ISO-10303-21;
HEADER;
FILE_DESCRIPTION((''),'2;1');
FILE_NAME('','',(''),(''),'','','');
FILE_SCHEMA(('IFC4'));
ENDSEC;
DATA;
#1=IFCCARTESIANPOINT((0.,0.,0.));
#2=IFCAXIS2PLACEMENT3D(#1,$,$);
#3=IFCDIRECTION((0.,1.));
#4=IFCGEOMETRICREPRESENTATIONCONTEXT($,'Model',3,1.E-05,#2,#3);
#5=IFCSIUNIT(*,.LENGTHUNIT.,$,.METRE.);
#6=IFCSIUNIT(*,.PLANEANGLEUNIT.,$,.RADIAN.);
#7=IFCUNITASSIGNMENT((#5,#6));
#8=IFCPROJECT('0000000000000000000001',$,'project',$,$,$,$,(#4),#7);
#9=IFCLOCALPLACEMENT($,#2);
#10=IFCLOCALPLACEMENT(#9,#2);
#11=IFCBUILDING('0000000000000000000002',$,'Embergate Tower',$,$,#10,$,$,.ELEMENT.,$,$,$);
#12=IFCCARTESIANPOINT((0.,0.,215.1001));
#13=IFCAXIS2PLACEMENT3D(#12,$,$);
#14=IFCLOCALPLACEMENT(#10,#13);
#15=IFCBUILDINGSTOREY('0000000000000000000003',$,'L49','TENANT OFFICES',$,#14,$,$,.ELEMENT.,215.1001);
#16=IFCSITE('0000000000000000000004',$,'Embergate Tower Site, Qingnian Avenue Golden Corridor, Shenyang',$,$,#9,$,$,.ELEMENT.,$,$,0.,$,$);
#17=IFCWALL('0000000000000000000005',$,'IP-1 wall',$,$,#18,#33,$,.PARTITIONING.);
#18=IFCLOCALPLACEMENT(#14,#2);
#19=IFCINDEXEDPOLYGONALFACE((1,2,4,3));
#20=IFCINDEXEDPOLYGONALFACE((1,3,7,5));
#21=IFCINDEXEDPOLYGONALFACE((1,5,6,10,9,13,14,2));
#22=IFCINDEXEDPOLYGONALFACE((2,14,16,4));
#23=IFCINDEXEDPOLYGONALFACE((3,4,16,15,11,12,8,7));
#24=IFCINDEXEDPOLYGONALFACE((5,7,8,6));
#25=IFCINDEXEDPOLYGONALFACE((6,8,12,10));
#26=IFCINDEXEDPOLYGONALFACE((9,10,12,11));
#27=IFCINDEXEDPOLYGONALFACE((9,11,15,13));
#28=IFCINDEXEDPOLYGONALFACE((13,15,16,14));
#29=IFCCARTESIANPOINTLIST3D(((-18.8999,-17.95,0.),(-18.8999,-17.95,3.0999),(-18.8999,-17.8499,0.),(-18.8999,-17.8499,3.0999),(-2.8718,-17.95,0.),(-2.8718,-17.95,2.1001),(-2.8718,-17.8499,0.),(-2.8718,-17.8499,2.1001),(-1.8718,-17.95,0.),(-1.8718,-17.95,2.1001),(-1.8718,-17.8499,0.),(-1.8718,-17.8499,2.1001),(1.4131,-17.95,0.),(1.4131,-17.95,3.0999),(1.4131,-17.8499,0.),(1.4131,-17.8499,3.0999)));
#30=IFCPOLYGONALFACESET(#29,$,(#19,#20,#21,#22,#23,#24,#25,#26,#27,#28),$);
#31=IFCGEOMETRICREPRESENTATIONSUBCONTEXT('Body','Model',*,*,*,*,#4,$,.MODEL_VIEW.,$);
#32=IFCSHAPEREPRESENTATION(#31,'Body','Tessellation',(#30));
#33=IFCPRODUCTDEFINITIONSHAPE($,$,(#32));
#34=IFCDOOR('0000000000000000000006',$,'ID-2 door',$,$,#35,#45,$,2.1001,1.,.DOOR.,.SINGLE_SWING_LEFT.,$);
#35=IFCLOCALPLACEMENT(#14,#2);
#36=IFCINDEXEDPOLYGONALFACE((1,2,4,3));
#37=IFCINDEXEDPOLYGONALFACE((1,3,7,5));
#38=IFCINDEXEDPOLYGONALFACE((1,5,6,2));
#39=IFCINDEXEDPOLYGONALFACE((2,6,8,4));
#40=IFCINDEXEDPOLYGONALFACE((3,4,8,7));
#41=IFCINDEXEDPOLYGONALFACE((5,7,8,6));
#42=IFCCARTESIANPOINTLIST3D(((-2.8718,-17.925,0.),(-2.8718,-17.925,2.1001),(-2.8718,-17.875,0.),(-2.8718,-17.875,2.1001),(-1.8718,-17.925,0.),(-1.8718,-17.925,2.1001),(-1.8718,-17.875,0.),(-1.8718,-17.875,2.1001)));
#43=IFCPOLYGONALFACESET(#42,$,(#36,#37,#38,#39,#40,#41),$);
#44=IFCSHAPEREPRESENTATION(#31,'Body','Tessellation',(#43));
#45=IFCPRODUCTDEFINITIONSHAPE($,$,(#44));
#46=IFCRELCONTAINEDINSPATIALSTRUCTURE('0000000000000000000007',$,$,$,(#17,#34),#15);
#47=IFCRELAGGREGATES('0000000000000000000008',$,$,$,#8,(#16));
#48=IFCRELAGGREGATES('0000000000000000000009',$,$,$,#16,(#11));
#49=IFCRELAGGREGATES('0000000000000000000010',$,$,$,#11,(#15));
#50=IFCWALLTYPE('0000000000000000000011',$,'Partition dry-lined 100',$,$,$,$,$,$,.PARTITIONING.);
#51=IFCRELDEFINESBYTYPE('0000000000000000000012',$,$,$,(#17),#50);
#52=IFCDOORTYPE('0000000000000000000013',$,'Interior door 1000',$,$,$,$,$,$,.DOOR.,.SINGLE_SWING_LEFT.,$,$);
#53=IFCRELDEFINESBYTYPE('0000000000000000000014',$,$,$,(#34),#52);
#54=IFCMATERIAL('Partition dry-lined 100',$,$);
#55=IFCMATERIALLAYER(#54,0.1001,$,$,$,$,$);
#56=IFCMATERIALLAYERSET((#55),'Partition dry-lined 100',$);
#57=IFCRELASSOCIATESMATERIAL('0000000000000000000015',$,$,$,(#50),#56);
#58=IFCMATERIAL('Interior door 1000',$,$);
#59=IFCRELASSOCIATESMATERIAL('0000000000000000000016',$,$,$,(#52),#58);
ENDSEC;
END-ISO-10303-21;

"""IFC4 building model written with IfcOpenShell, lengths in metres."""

from ifc_helpers import new_model, si_unit, direction, frame, frame_2d, origin, place, context, subcontext, project, spatial, rectangle, extrude, source, transform, mapped, material, layer, layer_set, type_object, element, fill, save


model = new_model("IFC4")

# Units and contexts
model_context = context("Model", 3, precision=1e-05, world=origin(), true_north=direction((0.0, 1.0)))
body_context = subcontext(model_context, "Body", "Model", "MODEL_VIEW")
ifc_project = project(units=[si_unit("LENGTHUNIT", "METRE"), si_unit("PLANEANGLEUNIT", "RADIAN")], contexts=[model_context])

# Site, building, storey
site_placement = place(None, origin())
site = spatial("IfcSite", under=ifc_project, at=site_placement, Name="Embergate Tower Site, Qingnian Avenue Golden Corridor, Shenyang", CompositionType="ELEMENT", RefElevation=0.0)
building_placement = place(site_placement, origin())
building = spatial("IfcBuilding", under=site, at=building_placement, Name="Embergate Tower", CompositionType="ELEMENT")
storey_placement = place(building_placement, frame((0.0, 0.0, 215.1001)))
storey = spatial("IfcBuildingStorey", under=building, at=storey_placement, Name="L49", Description="TENANT OFFICES", CompositionType="ELEMENT", Elevation=215.1001)

# Wall, opening, door
ifc_material_1 = material(Name="Partition dry-lined 100")
ifc_layer_1 = layer(ifc_material_1, 0.1001)
ifc_layer_set_1 = layer_set([ifc_layer_1], Name="Partition dry-lined 100")
wall_type_1 = type_object("IfcWallType", Name="Partition dry-lined 100", PredefinedType="PARTITIONING", material=ifc_layer_set_1)
shared_shape_1 = source(origin(), body_context, "Body", "SweptSolid", [
    extrude(rectangle(XDim=20.313, YDim=0.1001, at=frame_2d((10.1565, 0.0))), origin(), (0.0, 0.0, 1.0), 3.0999),
])
wall_1_placement = place(storey_placement, frame((-18.8999, -17.8999, 0.0), z_axis=(0.0, 0.0, 1.0), x_axis=(1.0, 0.0, 0.0)))
wall_1 = element("IfcWall", 1, at=wall_1_placement, inside=storey, type_object=wall_type_1, Name="IP-1 wall", PredefinedType="PARTITIONING", context=body_context, shape_type="MappedRepresentation", body=[
    mapped(shared_shape_1, transform((0.0, 0.0, 0.0))),
])
shared_shape_2 = source(origin(), body_context, "Body", "SweptSolid", [
    extrude(rectangle(XDim=1.0, YDim=2.1001, at=frame_2d((0.5, 1.05))), frame((0.0, 0.0601, 0.0), z_axis=(0.0, -1.0, 0.0), x_axis=(1.0, 0.0, 0.0)), (0.0, 0.0, 1.0), 0.1201),
])
opening_1_placement = place(wall_1_placement, frame((16.0281, 0.0, 0.0)))
opening_1 = element("IfcOpeningElement", 2, at=opening_1_placement, cuts=wall_1, PredefinedType="OPENING", context=body_context, shape_type="MappedRepresentation", body=[
    mapped(shared_shape_2, transform((0.0, 0.0, 0.0))),
])
ifc_material_2 = material(Name="Interior door 1000")
door_type_1 = type_object("IfcDoorType", Name="Interior door 1000", OperationType="SINGLE_SWING_LEFT", PredefinedType="DOOR", material=ifc_material_2)
shared_shape_3 = source(origin(), body_context, "Body", "SweptSolid", [
    extrude(rectangle(XDim=1.0, YDim=2.1001, at=frame_2d((0.5, 1.05))), frame((0.0, 0.0249, 0.0), z_axis=(0.0, -1.0, 0.0), x_axis=(1.0, 0.0, 0.0)), (0.0, 0.0, 1.0), 0.05),
])
door_1_placement = place(opening_1_placement, origin())
door_1 = element("IfcDoor", 3, at=door_1_placement, inside=storey, type_object=door_type_1, Name="ID-2 door", OperationType="SINGLE_SWING_LEFT", OverallHeight=2.1001, OverallWidth=1.0, PredefinedType="DOOR", context=body_context, shape_type="MappedRepresentation", body=[
    mapped(shared_shape_3, transform((0.0, 0.0, 0.0))),
])
fill(opening_1, door_1)

save(model, "model.ifc")
